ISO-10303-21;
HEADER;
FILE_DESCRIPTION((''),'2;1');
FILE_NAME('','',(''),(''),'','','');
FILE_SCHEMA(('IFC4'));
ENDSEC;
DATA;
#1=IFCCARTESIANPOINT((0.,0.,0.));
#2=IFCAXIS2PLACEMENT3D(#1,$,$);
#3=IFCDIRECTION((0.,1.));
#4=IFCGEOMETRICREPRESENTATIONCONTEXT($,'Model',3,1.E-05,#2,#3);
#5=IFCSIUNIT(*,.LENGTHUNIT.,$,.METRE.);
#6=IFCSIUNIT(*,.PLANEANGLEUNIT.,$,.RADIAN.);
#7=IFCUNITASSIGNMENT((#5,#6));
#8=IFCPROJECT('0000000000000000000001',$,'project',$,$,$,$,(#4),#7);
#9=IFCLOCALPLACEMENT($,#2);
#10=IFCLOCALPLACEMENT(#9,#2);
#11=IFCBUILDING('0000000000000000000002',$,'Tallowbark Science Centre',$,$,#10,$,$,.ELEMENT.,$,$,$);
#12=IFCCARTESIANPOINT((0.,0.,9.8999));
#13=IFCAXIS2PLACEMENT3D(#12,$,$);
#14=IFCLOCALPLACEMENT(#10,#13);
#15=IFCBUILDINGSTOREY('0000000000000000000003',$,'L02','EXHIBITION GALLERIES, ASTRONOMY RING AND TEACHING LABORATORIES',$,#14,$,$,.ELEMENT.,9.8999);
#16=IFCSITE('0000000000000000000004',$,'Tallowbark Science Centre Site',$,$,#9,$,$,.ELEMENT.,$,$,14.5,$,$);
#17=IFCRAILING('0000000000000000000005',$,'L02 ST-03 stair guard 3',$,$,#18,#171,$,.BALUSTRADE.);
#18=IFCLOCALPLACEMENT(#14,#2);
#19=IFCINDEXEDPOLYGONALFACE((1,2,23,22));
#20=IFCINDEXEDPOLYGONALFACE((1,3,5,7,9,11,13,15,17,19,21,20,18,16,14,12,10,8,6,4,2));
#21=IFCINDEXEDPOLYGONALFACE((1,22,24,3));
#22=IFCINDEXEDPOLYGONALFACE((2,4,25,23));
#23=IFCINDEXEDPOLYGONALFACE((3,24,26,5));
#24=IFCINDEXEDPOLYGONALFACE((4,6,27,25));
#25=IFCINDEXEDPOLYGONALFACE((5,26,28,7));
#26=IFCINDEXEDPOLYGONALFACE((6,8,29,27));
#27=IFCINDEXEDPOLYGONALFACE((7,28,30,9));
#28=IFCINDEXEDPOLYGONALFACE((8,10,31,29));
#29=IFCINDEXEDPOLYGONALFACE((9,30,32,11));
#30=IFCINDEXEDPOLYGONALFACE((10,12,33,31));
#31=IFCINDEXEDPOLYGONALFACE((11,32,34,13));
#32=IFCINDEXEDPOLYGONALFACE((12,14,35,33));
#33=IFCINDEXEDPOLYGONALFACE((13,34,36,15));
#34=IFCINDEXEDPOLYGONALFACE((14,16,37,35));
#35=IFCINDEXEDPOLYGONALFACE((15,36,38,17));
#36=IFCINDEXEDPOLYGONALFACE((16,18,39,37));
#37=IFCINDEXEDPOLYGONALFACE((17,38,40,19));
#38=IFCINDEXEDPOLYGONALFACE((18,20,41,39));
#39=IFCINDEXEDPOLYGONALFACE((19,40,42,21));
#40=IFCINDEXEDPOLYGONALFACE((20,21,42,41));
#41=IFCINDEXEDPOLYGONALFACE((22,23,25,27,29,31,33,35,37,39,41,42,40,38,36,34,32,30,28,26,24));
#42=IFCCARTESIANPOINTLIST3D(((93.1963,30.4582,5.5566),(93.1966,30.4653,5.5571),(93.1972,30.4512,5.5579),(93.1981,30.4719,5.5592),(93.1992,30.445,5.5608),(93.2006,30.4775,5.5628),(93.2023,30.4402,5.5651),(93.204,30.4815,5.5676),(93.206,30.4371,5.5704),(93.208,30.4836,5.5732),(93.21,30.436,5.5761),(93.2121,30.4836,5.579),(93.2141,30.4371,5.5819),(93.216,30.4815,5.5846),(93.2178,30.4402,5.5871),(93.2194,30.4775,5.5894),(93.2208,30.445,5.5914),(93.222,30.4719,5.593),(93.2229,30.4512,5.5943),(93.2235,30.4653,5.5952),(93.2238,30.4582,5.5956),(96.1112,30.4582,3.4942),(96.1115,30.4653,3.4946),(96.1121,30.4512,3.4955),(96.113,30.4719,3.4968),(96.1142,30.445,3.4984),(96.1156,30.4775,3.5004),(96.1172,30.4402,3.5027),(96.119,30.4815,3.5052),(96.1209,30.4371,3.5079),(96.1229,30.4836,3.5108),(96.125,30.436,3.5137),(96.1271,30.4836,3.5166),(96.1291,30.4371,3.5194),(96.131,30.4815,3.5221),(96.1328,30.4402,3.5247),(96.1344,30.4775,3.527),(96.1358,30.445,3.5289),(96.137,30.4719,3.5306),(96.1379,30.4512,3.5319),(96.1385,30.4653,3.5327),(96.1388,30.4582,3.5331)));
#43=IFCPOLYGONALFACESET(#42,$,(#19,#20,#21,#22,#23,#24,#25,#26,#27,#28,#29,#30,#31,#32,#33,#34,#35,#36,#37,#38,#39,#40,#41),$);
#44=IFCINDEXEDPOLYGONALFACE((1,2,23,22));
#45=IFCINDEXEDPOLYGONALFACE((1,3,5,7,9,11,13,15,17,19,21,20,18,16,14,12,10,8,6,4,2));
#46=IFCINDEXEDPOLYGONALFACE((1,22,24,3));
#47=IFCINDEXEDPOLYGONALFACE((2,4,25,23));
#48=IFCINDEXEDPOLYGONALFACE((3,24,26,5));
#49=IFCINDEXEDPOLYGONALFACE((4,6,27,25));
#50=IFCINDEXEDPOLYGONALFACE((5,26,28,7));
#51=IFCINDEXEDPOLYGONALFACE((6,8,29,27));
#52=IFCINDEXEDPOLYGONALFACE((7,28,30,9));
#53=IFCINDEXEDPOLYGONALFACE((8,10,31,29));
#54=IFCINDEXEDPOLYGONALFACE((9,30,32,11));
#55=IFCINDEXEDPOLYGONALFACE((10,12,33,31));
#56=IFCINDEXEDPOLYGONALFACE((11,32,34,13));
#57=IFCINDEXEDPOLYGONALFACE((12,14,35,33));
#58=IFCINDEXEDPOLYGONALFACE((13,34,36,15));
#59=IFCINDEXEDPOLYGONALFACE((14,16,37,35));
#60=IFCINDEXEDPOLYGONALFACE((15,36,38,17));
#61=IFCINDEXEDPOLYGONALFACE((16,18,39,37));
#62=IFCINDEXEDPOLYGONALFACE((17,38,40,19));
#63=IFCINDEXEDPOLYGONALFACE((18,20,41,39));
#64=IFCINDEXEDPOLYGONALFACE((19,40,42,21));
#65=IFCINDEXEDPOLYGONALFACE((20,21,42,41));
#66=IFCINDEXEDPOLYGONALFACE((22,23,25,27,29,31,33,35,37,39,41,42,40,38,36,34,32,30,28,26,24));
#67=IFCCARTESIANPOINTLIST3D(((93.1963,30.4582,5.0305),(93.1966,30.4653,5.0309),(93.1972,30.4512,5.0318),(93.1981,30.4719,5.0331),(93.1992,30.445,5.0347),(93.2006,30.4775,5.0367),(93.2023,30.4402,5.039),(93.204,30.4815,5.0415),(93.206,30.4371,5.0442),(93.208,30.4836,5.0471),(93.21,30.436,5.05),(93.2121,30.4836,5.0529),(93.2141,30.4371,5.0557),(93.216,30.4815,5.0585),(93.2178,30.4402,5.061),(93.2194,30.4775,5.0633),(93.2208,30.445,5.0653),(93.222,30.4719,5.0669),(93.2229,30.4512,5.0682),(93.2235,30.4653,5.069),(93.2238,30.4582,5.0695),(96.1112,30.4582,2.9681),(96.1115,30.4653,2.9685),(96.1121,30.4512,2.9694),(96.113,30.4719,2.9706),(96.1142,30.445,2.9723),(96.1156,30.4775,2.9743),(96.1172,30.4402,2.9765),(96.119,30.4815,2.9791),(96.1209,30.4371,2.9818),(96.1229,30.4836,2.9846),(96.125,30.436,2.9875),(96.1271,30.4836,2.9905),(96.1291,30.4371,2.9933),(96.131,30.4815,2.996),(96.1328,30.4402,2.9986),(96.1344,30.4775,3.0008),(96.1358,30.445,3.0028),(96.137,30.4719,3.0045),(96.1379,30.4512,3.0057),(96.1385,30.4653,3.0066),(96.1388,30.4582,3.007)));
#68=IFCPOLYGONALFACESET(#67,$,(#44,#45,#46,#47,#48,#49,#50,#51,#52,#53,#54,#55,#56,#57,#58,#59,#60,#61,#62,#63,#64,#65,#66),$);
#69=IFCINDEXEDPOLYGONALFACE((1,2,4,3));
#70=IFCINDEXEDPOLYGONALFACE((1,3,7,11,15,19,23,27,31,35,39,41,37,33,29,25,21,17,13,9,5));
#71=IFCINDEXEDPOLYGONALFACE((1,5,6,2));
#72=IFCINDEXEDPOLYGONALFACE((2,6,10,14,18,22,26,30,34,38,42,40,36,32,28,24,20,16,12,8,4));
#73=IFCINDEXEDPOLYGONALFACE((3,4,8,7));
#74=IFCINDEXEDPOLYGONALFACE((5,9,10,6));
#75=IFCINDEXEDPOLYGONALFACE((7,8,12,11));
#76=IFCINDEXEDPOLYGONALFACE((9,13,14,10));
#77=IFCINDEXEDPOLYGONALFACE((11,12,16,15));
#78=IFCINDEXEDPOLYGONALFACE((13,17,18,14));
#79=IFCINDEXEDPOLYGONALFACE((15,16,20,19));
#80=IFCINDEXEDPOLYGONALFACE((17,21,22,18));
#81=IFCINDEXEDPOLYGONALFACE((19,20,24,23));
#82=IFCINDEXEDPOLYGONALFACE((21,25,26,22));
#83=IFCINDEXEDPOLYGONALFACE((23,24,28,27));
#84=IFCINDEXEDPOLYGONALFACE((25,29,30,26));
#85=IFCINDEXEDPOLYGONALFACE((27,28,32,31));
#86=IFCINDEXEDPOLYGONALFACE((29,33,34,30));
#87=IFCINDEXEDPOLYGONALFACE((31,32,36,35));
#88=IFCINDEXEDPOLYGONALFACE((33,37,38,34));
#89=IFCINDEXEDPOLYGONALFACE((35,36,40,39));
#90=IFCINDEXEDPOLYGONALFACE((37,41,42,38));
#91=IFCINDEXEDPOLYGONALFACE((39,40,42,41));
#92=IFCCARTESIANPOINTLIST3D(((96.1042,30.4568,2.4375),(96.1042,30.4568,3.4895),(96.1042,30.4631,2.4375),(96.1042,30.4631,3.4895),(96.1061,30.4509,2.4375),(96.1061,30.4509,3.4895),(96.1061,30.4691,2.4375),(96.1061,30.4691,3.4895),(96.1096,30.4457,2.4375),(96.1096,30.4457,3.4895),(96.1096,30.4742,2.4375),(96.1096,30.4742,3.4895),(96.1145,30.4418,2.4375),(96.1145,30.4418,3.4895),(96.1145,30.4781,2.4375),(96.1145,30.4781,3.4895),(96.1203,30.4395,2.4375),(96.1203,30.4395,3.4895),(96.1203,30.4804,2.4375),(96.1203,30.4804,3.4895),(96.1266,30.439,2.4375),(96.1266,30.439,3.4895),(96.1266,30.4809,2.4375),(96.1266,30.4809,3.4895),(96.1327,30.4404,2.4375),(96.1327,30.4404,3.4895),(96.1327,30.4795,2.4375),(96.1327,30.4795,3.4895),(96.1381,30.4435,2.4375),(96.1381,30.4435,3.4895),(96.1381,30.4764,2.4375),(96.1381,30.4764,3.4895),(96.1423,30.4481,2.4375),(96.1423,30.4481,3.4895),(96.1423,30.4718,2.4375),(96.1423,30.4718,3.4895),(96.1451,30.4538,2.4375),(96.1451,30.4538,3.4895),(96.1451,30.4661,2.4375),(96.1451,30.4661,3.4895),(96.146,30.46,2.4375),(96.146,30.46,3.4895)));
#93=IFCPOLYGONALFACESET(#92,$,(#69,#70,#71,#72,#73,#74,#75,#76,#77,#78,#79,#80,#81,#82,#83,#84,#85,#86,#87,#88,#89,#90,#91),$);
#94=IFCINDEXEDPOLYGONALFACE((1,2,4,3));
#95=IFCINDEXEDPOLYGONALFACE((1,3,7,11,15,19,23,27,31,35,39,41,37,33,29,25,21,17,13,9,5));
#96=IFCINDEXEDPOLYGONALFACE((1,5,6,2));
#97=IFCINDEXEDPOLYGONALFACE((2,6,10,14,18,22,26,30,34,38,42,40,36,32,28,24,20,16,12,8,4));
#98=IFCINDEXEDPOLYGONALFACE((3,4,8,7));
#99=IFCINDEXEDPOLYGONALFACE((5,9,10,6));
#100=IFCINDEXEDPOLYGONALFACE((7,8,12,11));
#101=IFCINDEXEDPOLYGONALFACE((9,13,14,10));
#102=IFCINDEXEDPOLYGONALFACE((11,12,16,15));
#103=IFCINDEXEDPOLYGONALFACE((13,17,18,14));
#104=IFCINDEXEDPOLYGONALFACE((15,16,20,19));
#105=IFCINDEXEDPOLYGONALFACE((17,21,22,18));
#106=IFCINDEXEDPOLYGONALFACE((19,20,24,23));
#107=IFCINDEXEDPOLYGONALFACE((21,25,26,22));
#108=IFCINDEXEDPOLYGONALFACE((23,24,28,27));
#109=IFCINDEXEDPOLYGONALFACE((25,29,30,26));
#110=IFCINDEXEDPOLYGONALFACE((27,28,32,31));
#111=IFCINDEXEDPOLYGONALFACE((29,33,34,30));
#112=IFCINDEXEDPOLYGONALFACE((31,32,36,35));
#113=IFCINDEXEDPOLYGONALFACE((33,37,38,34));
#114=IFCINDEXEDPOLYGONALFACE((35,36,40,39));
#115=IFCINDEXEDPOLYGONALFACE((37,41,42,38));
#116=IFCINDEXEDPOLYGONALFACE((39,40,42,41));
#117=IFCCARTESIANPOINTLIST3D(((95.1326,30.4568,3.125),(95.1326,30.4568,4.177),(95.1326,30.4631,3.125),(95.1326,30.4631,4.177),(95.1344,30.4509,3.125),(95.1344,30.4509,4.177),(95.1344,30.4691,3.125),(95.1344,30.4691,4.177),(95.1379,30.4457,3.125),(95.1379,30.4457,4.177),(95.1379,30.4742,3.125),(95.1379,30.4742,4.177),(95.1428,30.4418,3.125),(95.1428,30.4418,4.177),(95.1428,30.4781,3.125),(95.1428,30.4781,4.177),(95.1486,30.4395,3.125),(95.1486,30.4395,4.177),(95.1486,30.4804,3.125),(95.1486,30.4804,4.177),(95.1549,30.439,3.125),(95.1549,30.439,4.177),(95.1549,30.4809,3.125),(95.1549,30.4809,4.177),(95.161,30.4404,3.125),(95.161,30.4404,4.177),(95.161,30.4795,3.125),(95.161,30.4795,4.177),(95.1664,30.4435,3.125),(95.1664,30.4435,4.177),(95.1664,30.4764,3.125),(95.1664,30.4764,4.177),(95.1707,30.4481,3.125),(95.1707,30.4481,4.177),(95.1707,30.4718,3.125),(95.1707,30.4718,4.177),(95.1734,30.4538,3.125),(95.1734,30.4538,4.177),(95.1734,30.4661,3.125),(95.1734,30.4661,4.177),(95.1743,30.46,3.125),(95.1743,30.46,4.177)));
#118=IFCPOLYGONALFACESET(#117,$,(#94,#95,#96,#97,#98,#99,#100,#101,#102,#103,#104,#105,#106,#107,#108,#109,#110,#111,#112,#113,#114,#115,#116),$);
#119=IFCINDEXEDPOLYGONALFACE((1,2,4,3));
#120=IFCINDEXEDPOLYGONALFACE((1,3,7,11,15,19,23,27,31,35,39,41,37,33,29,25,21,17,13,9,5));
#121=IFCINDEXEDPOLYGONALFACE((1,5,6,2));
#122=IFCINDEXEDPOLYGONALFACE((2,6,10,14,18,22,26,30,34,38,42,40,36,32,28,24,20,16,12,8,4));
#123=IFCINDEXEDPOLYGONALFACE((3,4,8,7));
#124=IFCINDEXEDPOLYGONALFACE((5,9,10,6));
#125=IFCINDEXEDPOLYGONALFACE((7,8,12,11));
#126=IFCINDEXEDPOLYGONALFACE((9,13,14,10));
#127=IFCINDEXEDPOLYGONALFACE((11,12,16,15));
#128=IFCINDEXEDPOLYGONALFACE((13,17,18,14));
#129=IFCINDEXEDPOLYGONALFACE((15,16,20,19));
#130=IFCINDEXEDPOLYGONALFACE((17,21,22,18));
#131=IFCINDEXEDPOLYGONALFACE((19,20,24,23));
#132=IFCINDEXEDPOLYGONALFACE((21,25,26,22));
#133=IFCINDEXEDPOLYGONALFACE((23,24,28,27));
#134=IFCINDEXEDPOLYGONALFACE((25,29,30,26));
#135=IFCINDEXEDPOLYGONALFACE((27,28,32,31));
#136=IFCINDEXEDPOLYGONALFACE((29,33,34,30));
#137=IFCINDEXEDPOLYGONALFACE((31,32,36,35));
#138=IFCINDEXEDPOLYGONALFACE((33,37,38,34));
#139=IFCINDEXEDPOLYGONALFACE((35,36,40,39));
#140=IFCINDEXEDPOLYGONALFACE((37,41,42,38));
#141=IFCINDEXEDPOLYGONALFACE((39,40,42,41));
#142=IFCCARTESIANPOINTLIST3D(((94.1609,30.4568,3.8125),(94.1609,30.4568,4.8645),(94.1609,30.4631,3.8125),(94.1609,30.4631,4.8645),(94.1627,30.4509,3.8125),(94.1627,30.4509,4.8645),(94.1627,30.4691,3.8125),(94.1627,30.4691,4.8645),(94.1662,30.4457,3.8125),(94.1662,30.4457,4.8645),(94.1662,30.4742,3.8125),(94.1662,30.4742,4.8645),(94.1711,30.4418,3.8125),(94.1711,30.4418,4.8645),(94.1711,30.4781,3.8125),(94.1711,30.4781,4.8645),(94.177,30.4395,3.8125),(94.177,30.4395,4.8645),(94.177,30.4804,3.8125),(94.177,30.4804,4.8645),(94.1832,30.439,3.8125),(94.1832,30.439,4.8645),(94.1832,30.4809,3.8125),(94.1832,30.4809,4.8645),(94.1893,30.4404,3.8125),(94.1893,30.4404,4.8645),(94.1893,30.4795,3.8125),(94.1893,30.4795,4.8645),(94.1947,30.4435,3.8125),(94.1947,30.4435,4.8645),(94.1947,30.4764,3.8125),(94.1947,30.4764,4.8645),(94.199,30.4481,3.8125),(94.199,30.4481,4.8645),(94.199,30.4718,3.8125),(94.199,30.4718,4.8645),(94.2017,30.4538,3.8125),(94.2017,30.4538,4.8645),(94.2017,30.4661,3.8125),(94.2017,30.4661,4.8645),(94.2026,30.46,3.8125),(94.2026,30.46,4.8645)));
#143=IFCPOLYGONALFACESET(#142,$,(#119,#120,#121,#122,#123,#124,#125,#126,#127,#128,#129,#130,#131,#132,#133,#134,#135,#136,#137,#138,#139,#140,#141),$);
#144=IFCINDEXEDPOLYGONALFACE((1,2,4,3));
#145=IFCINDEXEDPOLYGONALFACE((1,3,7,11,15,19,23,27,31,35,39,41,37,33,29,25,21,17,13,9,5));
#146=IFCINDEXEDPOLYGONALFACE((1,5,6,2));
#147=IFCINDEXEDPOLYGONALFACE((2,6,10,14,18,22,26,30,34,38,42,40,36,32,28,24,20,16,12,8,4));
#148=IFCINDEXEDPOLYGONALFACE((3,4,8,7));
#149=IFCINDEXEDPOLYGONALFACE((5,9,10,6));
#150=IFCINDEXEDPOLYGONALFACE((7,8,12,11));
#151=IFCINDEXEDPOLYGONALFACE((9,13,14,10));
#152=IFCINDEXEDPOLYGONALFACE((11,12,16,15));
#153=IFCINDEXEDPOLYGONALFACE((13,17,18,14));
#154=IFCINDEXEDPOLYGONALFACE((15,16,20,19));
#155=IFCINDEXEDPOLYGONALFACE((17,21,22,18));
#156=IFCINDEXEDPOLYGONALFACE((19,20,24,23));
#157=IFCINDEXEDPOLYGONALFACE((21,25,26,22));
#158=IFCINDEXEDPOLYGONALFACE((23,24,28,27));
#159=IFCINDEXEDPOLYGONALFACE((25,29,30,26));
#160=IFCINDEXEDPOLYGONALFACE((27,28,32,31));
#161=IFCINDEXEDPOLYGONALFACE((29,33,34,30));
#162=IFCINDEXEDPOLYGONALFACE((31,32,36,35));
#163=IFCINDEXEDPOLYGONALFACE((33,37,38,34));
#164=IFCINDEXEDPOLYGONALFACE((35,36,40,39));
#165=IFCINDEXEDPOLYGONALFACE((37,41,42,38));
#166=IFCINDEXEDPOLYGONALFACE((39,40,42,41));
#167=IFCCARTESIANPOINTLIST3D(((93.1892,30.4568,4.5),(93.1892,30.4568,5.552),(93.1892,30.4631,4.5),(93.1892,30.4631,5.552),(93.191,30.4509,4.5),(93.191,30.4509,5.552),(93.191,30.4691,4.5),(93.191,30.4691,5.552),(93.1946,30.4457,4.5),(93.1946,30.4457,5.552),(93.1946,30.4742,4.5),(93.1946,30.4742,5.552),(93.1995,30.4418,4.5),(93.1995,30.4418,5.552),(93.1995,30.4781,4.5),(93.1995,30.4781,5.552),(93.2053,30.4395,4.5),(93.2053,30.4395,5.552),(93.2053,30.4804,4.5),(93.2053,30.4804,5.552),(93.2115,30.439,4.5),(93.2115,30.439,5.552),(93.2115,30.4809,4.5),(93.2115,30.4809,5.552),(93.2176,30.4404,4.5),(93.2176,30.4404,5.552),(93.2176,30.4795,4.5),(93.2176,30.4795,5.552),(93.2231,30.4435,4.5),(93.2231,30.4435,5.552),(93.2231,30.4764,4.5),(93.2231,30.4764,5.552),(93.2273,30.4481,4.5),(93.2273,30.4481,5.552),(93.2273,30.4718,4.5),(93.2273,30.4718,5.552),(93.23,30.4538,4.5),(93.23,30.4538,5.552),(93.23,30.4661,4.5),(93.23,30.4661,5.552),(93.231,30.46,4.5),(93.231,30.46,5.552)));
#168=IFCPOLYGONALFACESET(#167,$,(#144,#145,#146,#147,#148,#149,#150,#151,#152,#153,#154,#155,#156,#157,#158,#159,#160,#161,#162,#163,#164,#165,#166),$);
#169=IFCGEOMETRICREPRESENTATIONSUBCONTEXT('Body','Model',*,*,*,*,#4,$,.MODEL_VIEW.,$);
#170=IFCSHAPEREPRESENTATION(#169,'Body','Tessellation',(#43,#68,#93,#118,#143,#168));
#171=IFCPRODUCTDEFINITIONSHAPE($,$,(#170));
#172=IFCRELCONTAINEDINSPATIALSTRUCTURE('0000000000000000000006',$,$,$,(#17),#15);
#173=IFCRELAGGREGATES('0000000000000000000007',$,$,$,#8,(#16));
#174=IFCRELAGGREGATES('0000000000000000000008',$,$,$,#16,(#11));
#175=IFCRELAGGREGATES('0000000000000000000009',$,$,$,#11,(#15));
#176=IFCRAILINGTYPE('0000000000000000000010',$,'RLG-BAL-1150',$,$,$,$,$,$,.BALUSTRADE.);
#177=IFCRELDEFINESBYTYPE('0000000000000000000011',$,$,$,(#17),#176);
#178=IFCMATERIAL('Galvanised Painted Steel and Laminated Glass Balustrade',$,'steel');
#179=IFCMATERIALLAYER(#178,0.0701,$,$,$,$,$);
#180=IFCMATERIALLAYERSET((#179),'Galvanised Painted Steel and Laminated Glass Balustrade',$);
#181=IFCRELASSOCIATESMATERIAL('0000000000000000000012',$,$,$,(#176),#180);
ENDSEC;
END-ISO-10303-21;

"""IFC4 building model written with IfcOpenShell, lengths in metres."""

from ifc_helpers import new_model, si_unit, direction, frame, origin, origin_2d, place, context, subcontext, project, spatial, circle, extrude, material, layer, layer_set, type_object, element, save


model = new_model("IFC4")

# Units and contexts
model_context = context("Model", 3, precision=1e-05, world=origin(), true_north=direction((0.0, 1.0)))
body_context = subcontext(model_context, "Body", "Model", "MODEL_VIEW")
ifc_project = project(units=[si_unit("LENGTHUNIT", "METRE"), si_unit("PLANEANGLEUNIT", "RADIAN")], contexts=[model_context])

# Site, building, storey
site_placement = place(None, origin())
site = spatial("IfcSite", under=ifc_project, at=site_placement, Name="Tallowbark Science Centre Site", CompositionType="ELEMENT", RefElevation=14.5)
building_placement = place(site_placement, origin())
building = spatial("IfcBuilding", under=site, at=building_placement, Name="Tallowbark Science Centre", CompositionType="ELEMENT")
storey_placement = place(building_placement, frame((0.0, 0.0, 9.8999)))
storey = spatial("IfcBuildingStorey", under=building, at=storey_placement, Name="L02", Description="EXHIBITION GALLERIES, ASTRONOMY RING AND TEACHING LABORATORIES", CompositionType="ELEMENT", Elevation=9.8999)

# Railing
ifc_material_1 = material(Name="Galvanised Painted Steel and Laminated Glass Balustrade", Category="steel")
ifc_layer_1 = layer(ifc_material_1, 0.0701)
ifc_layer_set_1 = layer_set([ifc_layer_1], Name="Galvanised Painted Steel and Laminated Glass Balustrade")
railing_type_1 = type_object("IfcRailingType", Name="RLG-BAL-1150", PredefinedType="BALUSTRADE", material=ifc_layer_set_1)
railing_1_placement = place(storey_placement, frame((96.125, 30.46, 2.4375)))
element("IfcRailing", 1, at=railing_1_placement, inside=storey, type_object=railing_type_1, Name="L02 ST-03 stair guard 3", PredefinedType="BALUSTRADE", context=body_context, shape_type="SweptSolid", body=[
    extrude(circle(Radius=0.0239, at=origin_2d()), frame((0.0, 0.0, 1.0762), z_axis=(-0.816331, 0.0, 0.577585), x_axis=(0.0, -1.0, 0.0)), (0.0, 0.0, 1.0), 3.5708),
    extrude(circle(Radius=0.0239, at=origin_2d()), frame((0.0, 0.0, 0.55), z_axis=(-0.816331, 0.0, 0.577585), x_axis=(0.0, -1.0, 0.0)), (0.0, 0.0, 1.0), 3.5708),
    extrude(circle(Radius=0.021, at=origin_2d()), origin(), (0.0, 0.0, 1.0), 1.052),
    extrude(circle(Radius=0.021, at=origin_2d()), frame((-0.9717, 0.0, 0.6875)), (0.0, 0.0, 1.0), 1.052),
    extrude(circle(Radius=0.021, at=origin_2d()), frame((-1.9434, 0.0, 1.375)), (0.0, 0.0, 1.0), 1.052),
    extrude(circle(Radius=0.021, at=origin_2d()), frame((-2.915, 0.0, 2.0625)), (0.0, 0.0, 1.0), 1.052),
])

save(model, "model.ifc")
